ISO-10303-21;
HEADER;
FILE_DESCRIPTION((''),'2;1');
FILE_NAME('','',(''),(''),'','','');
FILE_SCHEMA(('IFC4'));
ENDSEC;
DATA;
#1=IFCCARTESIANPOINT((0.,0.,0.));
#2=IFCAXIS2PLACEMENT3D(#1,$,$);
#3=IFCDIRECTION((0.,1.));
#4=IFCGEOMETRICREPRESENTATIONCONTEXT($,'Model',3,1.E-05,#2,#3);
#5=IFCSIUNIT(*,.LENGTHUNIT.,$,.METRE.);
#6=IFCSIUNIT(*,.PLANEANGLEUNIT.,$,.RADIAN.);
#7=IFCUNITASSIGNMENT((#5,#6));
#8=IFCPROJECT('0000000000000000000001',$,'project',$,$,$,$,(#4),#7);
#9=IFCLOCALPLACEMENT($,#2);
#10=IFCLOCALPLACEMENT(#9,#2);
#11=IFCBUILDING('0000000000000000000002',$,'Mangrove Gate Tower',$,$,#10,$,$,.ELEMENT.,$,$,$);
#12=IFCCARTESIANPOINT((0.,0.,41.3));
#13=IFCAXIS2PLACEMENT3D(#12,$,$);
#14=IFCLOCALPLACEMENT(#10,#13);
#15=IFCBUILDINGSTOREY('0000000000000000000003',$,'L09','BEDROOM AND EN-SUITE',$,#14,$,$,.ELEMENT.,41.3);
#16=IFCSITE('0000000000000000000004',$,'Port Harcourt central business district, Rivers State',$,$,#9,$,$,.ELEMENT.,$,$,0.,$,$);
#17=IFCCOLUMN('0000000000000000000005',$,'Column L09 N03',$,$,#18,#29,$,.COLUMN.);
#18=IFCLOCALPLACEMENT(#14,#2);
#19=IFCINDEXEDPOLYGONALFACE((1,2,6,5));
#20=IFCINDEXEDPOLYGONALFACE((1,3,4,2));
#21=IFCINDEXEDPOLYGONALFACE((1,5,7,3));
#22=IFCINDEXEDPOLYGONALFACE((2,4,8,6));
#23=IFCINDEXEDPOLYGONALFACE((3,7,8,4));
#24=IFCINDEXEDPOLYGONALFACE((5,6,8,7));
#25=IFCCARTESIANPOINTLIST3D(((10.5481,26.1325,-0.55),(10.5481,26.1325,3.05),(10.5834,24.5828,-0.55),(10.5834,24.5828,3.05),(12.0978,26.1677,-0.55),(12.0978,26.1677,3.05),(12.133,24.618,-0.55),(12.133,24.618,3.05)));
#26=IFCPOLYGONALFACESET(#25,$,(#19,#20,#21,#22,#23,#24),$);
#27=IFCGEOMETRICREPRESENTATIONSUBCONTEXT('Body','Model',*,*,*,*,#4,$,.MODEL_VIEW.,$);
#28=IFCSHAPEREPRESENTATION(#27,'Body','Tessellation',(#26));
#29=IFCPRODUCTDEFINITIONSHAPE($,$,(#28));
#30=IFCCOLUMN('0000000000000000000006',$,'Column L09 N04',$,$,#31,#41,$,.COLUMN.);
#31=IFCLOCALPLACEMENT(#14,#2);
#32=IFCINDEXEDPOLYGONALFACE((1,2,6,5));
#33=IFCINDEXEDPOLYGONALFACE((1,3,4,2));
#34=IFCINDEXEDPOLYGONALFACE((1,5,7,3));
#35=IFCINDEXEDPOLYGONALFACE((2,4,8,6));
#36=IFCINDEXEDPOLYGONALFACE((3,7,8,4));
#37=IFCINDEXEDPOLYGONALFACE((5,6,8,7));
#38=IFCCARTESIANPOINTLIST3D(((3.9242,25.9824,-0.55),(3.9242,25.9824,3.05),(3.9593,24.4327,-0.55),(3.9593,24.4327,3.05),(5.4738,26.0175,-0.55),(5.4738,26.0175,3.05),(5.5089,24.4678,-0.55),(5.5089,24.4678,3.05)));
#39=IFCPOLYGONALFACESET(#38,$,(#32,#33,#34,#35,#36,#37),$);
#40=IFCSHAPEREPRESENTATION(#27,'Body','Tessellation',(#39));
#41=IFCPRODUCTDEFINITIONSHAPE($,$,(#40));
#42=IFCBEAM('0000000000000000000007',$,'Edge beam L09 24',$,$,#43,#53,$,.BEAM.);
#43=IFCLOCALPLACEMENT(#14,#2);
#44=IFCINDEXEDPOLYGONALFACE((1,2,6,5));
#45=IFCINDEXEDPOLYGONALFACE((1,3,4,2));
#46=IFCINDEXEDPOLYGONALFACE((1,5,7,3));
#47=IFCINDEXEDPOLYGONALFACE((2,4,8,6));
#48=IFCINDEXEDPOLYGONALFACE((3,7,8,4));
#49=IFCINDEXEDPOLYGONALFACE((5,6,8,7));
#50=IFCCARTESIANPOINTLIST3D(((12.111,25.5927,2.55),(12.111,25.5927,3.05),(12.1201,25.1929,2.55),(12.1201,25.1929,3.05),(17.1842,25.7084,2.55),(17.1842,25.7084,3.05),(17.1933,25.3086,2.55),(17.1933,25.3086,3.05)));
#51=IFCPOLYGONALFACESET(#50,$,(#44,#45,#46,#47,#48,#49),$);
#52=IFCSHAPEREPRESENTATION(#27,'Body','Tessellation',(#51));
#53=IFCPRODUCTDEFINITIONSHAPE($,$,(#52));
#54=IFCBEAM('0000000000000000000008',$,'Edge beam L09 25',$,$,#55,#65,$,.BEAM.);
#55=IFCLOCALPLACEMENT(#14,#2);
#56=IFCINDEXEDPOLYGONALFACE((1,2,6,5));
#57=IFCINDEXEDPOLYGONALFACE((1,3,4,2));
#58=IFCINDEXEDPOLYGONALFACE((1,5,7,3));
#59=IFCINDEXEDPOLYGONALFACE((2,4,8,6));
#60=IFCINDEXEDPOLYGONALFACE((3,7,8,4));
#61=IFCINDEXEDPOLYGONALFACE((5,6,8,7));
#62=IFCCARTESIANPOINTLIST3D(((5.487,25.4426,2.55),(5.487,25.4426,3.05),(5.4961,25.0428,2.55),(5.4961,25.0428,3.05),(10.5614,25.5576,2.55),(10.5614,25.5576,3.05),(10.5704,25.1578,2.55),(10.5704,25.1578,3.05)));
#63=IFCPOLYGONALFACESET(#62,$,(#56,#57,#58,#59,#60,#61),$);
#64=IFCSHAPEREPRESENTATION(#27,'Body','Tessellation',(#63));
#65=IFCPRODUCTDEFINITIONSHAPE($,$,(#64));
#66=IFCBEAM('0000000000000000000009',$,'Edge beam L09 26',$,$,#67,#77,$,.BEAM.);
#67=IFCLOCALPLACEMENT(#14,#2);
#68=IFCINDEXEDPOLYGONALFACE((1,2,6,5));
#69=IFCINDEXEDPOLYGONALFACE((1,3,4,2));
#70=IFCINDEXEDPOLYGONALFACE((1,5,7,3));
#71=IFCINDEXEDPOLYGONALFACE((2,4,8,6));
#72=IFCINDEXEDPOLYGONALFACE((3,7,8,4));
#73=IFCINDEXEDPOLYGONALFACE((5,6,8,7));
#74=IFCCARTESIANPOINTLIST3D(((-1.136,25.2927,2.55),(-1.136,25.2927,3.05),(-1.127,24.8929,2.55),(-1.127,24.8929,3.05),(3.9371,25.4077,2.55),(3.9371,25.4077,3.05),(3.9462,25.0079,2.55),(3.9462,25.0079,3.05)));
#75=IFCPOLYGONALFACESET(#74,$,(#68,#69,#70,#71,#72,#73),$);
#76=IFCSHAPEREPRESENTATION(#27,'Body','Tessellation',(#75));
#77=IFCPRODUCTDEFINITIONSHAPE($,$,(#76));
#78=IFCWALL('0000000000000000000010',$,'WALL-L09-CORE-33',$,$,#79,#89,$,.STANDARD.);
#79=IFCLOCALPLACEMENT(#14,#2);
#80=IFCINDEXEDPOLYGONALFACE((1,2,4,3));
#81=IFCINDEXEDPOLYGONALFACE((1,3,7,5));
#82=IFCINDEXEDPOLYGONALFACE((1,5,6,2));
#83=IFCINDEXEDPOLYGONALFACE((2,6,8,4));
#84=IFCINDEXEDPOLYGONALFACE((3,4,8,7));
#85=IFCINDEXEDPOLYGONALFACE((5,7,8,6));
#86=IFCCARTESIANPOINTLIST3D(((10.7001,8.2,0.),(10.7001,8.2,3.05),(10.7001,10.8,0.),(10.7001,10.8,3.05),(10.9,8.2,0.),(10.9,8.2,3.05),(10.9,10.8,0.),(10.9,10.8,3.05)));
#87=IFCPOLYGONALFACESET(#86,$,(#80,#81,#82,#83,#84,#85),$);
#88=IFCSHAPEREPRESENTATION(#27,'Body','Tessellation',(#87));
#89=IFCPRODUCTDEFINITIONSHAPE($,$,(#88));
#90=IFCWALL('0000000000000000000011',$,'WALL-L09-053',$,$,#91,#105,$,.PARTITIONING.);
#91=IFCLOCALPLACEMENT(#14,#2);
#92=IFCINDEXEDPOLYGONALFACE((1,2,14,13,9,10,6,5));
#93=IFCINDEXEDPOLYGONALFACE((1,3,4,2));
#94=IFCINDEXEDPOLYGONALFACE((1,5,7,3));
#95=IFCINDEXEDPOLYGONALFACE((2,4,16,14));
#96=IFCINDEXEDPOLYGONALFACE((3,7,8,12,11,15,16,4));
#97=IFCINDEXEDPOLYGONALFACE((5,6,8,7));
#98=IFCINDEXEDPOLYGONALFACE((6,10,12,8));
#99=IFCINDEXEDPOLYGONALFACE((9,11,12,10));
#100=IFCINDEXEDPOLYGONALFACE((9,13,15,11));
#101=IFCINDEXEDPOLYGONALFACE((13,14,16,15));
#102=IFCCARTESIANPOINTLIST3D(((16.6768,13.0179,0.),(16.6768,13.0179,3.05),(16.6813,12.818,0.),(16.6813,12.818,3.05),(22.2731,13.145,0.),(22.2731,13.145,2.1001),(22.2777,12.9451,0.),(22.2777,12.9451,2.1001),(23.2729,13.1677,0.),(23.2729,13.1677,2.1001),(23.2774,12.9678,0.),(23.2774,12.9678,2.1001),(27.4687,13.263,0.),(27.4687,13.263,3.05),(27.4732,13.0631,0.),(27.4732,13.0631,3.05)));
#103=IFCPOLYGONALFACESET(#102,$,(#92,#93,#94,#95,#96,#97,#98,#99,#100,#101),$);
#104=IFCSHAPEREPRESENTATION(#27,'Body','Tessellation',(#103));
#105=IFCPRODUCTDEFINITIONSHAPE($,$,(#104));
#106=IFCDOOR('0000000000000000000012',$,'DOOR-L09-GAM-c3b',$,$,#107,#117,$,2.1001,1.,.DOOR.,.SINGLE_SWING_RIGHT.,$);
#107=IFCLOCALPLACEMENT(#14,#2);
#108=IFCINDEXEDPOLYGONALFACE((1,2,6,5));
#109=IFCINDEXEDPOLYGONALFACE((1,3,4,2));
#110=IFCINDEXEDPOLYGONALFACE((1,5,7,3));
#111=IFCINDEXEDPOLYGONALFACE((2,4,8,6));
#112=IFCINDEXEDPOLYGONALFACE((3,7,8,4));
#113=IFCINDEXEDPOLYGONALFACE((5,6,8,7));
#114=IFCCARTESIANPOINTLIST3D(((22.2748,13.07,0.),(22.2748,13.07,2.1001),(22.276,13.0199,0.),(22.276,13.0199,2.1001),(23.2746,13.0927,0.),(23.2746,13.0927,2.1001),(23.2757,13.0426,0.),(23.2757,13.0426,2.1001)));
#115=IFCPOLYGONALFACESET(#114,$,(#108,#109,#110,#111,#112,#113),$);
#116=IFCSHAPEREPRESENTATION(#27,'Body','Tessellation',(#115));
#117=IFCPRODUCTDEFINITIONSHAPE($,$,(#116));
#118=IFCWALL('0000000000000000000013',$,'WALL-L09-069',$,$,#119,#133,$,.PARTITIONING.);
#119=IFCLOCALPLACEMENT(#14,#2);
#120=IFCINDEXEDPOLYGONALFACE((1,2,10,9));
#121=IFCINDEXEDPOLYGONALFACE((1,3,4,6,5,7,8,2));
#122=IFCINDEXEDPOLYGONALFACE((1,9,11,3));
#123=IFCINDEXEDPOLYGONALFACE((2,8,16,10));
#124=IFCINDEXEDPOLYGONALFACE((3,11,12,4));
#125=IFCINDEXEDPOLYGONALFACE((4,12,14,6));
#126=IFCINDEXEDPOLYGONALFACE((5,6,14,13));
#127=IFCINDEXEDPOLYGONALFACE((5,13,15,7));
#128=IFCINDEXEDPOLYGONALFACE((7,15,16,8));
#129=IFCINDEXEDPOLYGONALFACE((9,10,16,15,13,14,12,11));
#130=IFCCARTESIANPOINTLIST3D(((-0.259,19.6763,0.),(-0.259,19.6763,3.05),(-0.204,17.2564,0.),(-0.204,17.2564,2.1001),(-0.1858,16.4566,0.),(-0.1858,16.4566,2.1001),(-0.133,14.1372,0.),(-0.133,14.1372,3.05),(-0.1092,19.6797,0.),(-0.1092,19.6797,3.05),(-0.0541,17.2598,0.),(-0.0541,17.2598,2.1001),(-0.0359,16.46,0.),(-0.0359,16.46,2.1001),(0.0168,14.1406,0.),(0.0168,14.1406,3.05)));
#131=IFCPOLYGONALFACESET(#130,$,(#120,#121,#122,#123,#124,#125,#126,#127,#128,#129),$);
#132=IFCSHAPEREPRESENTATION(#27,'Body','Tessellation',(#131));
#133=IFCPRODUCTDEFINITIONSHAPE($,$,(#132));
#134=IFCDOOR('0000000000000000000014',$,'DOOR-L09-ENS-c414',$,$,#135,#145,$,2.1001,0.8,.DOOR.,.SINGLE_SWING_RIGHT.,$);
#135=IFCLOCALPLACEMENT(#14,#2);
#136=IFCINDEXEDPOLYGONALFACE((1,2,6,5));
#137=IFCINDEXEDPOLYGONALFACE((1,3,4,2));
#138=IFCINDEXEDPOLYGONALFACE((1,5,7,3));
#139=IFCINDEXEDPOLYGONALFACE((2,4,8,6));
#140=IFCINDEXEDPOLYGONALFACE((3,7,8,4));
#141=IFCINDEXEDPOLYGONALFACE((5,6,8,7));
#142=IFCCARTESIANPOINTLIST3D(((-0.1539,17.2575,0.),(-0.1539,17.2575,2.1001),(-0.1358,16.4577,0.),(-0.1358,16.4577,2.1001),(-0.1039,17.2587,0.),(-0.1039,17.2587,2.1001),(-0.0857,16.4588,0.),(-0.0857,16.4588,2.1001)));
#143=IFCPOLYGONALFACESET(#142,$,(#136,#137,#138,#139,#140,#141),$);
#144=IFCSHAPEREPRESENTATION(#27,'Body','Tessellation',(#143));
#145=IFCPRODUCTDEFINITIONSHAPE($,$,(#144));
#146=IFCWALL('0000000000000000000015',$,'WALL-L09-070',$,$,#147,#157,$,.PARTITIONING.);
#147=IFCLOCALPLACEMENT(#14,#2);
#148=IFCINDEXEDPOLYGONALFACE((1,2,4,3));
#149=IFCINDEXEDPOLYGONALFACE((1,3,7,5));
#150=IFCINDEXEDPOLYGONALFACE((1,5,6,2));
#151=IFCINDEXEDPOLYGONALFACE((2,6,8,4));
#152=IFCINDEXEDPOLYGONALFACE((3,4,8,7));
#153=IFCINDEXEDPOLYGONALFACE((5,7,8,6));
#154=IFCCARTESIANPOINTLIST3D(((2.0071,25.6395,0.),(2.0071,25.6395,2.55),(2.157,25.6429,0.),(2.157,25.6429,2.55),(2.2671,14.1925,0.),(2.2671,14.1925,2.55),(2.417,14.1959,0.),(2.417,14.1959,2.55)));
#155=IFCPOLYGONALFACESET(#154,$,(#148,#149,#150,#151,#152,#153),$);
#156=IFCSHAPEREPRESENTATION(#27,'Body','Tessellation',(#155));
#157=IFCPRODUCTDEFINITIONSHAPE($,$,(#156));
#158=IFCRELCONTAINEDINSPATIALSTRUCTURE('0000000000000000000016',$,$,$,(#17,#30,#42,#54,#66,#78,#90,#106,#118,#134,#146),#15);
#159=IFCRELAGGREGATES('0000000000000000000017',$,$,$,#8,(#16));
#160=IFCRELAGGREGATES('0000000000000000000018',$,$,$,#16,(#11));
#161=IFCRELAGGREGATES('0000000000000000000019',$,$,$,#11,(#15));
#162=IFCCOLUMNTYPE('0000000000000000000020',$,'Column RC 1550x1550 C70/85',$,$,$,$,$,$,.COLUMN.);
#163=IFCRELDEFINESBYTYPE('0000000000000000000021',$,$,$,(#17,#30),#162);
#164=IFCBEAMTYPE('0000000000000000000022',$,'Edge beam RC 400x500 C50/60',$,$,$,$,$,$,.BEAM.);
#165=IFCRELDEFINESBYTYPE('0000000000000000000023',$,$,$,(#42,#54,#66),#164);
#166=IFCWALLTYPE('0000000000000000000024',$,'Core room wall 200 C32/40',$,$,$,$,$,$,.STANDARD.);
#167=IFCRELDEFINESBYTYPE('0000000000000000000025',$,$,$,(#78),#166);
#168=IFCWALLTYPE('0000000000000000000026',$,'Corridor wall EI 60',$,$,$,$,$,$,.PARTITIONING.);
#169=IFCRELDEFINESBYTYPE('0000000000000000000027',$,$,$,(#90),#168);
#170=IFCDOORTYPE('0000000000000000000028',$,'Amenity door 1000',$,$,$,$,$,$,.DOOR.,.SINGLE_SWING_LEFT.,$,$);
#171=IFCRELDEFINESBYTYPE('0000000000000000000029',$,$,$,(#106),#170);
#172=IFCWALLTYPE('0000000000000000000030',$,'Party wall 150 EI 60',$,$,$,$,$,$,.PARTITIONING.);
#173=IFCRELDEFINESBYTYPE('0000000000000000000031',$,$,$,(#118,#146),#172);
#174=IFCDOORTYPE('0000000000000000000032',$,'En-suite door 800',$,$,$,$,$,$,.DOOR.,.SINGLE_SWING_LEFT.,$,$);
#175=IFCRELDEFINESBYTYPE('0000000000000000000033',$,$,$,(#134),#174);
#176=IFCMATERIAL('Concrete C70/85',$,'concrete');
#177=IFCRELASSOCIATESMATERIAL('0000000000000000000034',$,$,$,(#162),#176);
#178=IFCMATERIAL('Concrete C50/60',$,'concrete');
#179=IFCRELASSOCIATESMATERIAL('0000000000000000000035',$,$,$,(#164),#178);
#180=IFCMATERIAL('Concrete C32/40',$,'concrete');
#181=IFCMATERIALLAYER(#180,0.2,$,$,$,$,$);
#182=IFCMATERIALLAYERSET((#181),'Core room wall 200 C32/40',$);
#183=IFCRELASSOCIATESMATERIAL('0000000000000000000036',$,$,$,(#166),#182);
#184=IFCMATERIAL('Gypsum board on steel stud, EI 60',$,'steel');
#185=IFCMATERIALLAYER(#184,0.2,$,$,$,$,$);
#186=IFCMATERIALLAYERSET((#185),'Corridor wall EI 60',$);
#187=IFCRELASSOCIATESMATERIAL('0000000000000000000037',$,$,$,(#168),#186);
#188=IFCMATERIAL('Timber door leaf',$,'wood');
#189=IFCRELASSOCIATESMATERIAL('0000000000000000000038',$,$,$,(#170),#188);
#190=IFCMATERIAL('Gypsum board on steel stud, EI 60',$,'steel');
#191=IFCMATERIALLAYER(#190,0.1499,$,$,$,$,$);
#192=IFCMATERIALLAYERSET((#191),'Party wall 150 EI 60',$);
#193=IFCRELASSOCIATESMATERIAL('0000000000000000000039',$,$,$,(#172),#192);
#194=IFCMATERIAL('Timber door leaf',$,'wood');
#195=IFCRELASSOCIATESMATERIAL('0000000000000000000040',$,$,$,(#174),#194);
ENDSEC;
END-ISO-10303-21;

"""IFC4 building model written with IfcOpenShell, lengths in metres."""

from ifc_helpers import new_model, si_unit, direction, frame, frame_2d, origin, origin_2d, place, context, subcontext, project, spatial, rectangle, extrude, material, layer, layer_set, material_profile, profile_set, type_object, element, fill, save


model = new_model("IFC4")

# Units and contexts
model_context = context("Model", 3, precision=1e-05, world=origin(), true_north=direction((0.0, 1.0)))
body_context = subcontext(model_context, "Body", "Model", "MODEL_VIEW")
ifc_project = project(units=[si_unit("LENGTHUNIT", "METRE"), si_unit("PLANEANGLEUNIT", "RADIAN")], contexts=[model_context])

# Site, building, storey
site_placement = place(None, origin())
site = spatial("IfcSite", under=ifc_project, at=site_placement, Name="Port Harcourt central business district, Rivers State", CompositionType="ELEMENT", RefElevation=0.0)
building_placement = place(site_placement, origin())
building = spatial("IfcBuilding", under=site, at=building_placement, Name="Mangrove Gate Tower", CompositionType="ELEMENT")
storey_placement = place(building_placement, frame((0.0, 0.0, 41.3)))
storey = spatial("IfcBuildingStorey", under=building, at=storey_placement, Name="L09", Description="BEDROOM AND EN-SUITE", CompositionType="ELEMENT", Elevation=41.3)

# Columns
ifc_material_1 = material(Name="Concrete C70/85", Category="concrete")
ifc_material_profile_1 = material_profile(ifc_material_1, rectangle(XDim=1.55, YDim=1.55, at=origin_2d()))
ifc_profile_set_1 = profile_set([ifc_material_profile_1], Name="Concrete C70/85")
column_type = type_object("IfcColumnType", Name="Column RC 1550x1550 C70/85", PredefinedType="COLUMN", material=ifc_profile_set_1)
for number, where, z_axis, x_axis, name in (
    (1, (11.3406, 25.3752, -0.55), (0.0, 0.0, 1.0), (-0.999742, -0.022716, 0.0), "Column L09 N03"),
    (2, (4.7166, 25.2251, -0.55), (0.0, 0.0, 1.0), (-0.999744, -0.022641, 0.0), "Column L09 N04"),
):
    element("IfcColumn", number, at=place(storey_placement, frame(where, z_axis=z_axis, x_axis=x_axis)), inside=storey, type_object=column_type, Name=name, PredefinedType="COLUMN", context=body_context, shape_type="SweptSolid", body=[
        extrude(rectangle(XDim=1.55, YDim=1.55, at=origin_2d()), origin(), (0.0, 0.0, 1.0), 3.6001),
    ])

# Beams
ifc_material_2 = material(Name="Concrete C50/60", Category="concrete")
ifc_material_profile_2 = material_profile(ifc_material_2, rectangle(XDim=0.3999, YDim=0.5, at=origin_2d()))
ifc_profile_set_2 = profile_set([ifc_material_profile_2], Name="Concrete C50/60")
beam_type = type_object("IfcBeamType", Name="Edge beam RC 400x500 C50/60", PredefinedType="BEAM", material=ifc_profile_set_2)
beam_1_placement = place(storey_placement, frame((17.1887, 25.5085, 2.8), z_axis=(-0.99974, -0.022804, 0.0), x_axis=(0.022804, -0.99974, 0.0)))
element("IfcBeam", 3, at=beam_1_placement, inside=storey, type_object=beam_type, Name="Edge beam L09 24", PredefinedType="BEAM", context=body_context, shape_type="SweptSolid", body=[
    extrude(rectangle(XDim=0.3999, YDim=0.5, at=origin_2d()), origin(), (0.0, 0.0, 1.0), 5.0745),
])
beam_2_placement = place(storey_placement, frame((10.5659, 25.3577, 2.8), z_axis=(-0.999743, -0.022655, 0.0), x_axis=(0.022655, -0.999743, 0.0)))
element("IfcBeam", 4, at=beam_2_placement, inside=storey, type_object=beam_type, Name="Edge beam L09 25", PredefinedType="BEAM", context=body_context, shape_type="SweptSolid", body=[
    extrude(rectangle(XDim=0.3999, YDim=0.5, at=origin_2d()), origin(), (0.0, 0.0, 1.0), 5.0757),
])
beam_3_placement = place(storey_placement, frame((3.9417, 25.2078, 2.8), z_axis=(-0.999743, -0.02266, 0.0), x_axis=(0.02266, -0.999743, 0.0)))
element("IfcBeam", 5, at=beam_3_placement, inside=storey, type_object=beam_type, Name="Edge beam L09 26", PredefinedType="BEAM", context=body_context, shape_type="SweptSolid", body=[
    extrude(rectangle(XDim=0.3999, YDim=0.5, at=origin_2d()), origin(), (0.0, 0.0, 1.0), 5.0745),
])

# Wall
ifc_material_3 = material(Name="Concrete C32/40", Category="concrete")
ifc_layer_1 = layer(ifc_material_3, 0.2)
ifc_layer_set_1 = layer_set([ifc_layer_1], Name="Core room wall 200 C32/40")
wall_type_1 = type_object("IfcWallType", Name="Core room wall 200 C32/40", PredefinedType="STANDARD", material=ifc_layer_set_1)
wall_1_placement = place(storey_placement, frame((10.8, 8.2, 0.0), z_axis=(0.0, 0.0, 1.0), x_axis=(0.0, 1.0, 0.0)))
element("IfcWall", 6, at=wall_1_placement, inside=storey, type_object=wall_type_1, Name="WALL-L09-CORE-33", PredefinedType="STANDARD", context=body_context, shape_type="SweptSolid", body=[
    extrude(rectangle(XDim=2.6001, YDim=0.2, at=frame_2d((1.3, 0.0))), origin(), (0.0, 0.0, 1.0), 3.05),
])

# Walls, openings, doors
ifc_material_4 = material(Name="Gypsum board on steel stud, EI 60", Category="steel")
ifc_layer_2 = layer(ifc_material_4, 0.2)
ifc_layer_set_2 = layer_set([ifc_layer_2], Name="Corridor wall EI 60")
wall_type_2 = type_object("IfcWallType", Name="Corridor wall EI 60", PredefinedType="PARTITIONING", material=ifc_layer_set_2)
wall_2_placement = place(storey_placement, frame((16.679, 12.918, 0.0), z_axis=(0.0, 0.0, 1.0), x_axis=(0.999742, 0.022707, 0.0)))
wall_2 = element("IfcWall", 7, at=wall_2_placement, inside=storey, type_object=wall_type_2, Name="WALL-L09-053", PredefinedType="PARTITIONING", context=body_context, shape_type="SweptSolid", body=[
    extrude(rectangle(XDim=10.7947, YDim=0.2, at=frame_2d((5.3975, 0.0))), origin(), (0.0, 0.0, 1.0), 3.05),
])
opening_1_placement = place(wall_2_placement, frame((5.5979, 0.0, 0.0)))
opening_1 = element("IfcOpeningElement", 8, at=opening_1_placement, cuts=wall_2, PredefinedType="OPENING", context=body_context, shape_type="SweptSolid", body=[
    extrude(rectangle(XDim=1.0, YDim=2.1001, at=frame_2d((0.5, 1.05))), frame((0.0, 0.1099, 0.0), z_axis=(0.0, -1.0, 0.0), x_axis=(1.0, 0.0, 0.0)), (0.0, 0.0, 1.0), 0.22),
])
ifc_material_5 = material(Name="Timber door leaf", Category="wood")
door_type_1 = type_object("IfcDoorType", Name="Amenity door 1000", OperationType="SINGLE_SWING_LEFT", PredefinedType="DOOR", material=ifc_material_5)
door_1_placement = place(opening_1_placement, origin())
door_1 = element("IfcDoor", 9, at=door_1_placement, inside=storey, type_object=door_type_1, Name="DOOR-L09-GAM-c3b", OperationType="SINGLE_SWING_RIGHT", OverallHeight=2.1001, OverallWidth=1.0, PredefinedType="DOOR", context=body_context, shape_type="SweptSolid", body=[
    extrude(rectangle(XDim=1.0, YDim=2.1001, at=frame_2d((0.5, 1.05))), frame((0.0, 0.0249, 0.0), z_axis=(0.0, -1.0, 0.0), x_axis=(1.0, 0.0, 0.0)), (0.0, 0.0, 1.0), 0.05),
])
fill(opening_1, door_1)
ifc_material_6 = material(Name="Gypsum board on steel stud, EI 60", Category="steel")
ifc_layer_3 = layer(ifc_material_6, 0.1499)
ifc_layer_set_3 = layer_set([ifc_layer_3], Name="Party wall 150 EI 60")
wall_type_3 = type_object("IfcWallType", Name="Party wall 150 EI 60", PredefinedType="PARTITIONING", material=ifc_layer_set_3)
wall_3_placement = place(storey_placement, frame((-0.0581, 14.1389, 0.0), z_axis=(0.0, 0.0, 1.0), x_axis=(-0.022737, 0.999741, 0.0)))
wall_3 = element("IfcWall", 10, at=wall_3_placement, inside=storey, type_object=wall_type_3, Name="WALL-L09-069", PredefinedType="PARTITIONING", context=body_context, shape_type="SweptSolid", body=[
    extrude(rectangle(XDim=5.5405, YDim=0.1499, at=frame_2d((2.7703, 0.0))), origin(), (0.0, 0.0, 1.0), 3.05),
])
opening_2_placement = place(wall_3_placement, frame((2.3201, 0.0, 0.0)))
opening_2 = element("IfcOpeningElement", 11, at=opening_2_placement, cuts=wall_3, PredefinedType="OPENING", context=body_context, shape_type="SweptSolid", body=[
    extrude(rectangle(XDim=0.8, YDim=2.1001, at=frame_2d((0.3999, 1.05))), frame((0.0, 0.085, 0.0), z_axis=(0.0, -1.0, 0.0), x_axis=(1.0, 0.0, 0.0)), (0.0, 0.0, 1.0), 0.1699),
])
ifc_material_7 = material(Name="Timber door leaf", Category="wood")
door_type_2 = type_object("IfcDoorType", Name="En-suite door 800", OperationType="SINGLE_SWING_LEFT", PredefinedType="DOOR", material=ifc_material_7)
door_2_placement = place(opening_2_placement, origin())
door_2 = element("IfcDoor", 12, at=door_2_placement, inside=storey, type_object=door_type_2, Name="DOOR-L09-ENS-c414", OperationType="SINGLE_SWING_RIGHT", OverallHeight=2.1001, OverallWidth=0.8, PredefinedType="DOOR", context=body_context, shape_type="SweptSolid", body=[
    extrude(rectangle(XDim=0.8, YDim=2.1001, at=frame_2d((0.3999, 1.05))), frame((0.0, 0.0249, 0.0), z_axis=(0.0, -1.0, 0.0), x_axis=(1.0, 0.0, 0.0)), (0.0, 0.0, 1.0), 0.05),
])
fill(opening_2, door_2)

# Wall
wall_4_placement = place(storey_placement, frame((2.342, 14.1941, 0.0), z_axis=(0.0, 0.0, 1.0), x_axis=(-0.022708, 0.999742, 0.0)))
element("IfcWall", 13, at=wall_4_placement, inside=storey, type_object=wall_type_3, Name="WALL-L09-070", PredefinedType="PARTITIONING", context=body_context, shape_type="SweptSolid", body=[
    extrude(rectangle(XDim=11.45, YDim=0.1499, at=frame_2d((5.7251, 0.0))), origin(), (0.0, 0.0, 1.0), 2.55),
])

save(model, "model.ifc")
